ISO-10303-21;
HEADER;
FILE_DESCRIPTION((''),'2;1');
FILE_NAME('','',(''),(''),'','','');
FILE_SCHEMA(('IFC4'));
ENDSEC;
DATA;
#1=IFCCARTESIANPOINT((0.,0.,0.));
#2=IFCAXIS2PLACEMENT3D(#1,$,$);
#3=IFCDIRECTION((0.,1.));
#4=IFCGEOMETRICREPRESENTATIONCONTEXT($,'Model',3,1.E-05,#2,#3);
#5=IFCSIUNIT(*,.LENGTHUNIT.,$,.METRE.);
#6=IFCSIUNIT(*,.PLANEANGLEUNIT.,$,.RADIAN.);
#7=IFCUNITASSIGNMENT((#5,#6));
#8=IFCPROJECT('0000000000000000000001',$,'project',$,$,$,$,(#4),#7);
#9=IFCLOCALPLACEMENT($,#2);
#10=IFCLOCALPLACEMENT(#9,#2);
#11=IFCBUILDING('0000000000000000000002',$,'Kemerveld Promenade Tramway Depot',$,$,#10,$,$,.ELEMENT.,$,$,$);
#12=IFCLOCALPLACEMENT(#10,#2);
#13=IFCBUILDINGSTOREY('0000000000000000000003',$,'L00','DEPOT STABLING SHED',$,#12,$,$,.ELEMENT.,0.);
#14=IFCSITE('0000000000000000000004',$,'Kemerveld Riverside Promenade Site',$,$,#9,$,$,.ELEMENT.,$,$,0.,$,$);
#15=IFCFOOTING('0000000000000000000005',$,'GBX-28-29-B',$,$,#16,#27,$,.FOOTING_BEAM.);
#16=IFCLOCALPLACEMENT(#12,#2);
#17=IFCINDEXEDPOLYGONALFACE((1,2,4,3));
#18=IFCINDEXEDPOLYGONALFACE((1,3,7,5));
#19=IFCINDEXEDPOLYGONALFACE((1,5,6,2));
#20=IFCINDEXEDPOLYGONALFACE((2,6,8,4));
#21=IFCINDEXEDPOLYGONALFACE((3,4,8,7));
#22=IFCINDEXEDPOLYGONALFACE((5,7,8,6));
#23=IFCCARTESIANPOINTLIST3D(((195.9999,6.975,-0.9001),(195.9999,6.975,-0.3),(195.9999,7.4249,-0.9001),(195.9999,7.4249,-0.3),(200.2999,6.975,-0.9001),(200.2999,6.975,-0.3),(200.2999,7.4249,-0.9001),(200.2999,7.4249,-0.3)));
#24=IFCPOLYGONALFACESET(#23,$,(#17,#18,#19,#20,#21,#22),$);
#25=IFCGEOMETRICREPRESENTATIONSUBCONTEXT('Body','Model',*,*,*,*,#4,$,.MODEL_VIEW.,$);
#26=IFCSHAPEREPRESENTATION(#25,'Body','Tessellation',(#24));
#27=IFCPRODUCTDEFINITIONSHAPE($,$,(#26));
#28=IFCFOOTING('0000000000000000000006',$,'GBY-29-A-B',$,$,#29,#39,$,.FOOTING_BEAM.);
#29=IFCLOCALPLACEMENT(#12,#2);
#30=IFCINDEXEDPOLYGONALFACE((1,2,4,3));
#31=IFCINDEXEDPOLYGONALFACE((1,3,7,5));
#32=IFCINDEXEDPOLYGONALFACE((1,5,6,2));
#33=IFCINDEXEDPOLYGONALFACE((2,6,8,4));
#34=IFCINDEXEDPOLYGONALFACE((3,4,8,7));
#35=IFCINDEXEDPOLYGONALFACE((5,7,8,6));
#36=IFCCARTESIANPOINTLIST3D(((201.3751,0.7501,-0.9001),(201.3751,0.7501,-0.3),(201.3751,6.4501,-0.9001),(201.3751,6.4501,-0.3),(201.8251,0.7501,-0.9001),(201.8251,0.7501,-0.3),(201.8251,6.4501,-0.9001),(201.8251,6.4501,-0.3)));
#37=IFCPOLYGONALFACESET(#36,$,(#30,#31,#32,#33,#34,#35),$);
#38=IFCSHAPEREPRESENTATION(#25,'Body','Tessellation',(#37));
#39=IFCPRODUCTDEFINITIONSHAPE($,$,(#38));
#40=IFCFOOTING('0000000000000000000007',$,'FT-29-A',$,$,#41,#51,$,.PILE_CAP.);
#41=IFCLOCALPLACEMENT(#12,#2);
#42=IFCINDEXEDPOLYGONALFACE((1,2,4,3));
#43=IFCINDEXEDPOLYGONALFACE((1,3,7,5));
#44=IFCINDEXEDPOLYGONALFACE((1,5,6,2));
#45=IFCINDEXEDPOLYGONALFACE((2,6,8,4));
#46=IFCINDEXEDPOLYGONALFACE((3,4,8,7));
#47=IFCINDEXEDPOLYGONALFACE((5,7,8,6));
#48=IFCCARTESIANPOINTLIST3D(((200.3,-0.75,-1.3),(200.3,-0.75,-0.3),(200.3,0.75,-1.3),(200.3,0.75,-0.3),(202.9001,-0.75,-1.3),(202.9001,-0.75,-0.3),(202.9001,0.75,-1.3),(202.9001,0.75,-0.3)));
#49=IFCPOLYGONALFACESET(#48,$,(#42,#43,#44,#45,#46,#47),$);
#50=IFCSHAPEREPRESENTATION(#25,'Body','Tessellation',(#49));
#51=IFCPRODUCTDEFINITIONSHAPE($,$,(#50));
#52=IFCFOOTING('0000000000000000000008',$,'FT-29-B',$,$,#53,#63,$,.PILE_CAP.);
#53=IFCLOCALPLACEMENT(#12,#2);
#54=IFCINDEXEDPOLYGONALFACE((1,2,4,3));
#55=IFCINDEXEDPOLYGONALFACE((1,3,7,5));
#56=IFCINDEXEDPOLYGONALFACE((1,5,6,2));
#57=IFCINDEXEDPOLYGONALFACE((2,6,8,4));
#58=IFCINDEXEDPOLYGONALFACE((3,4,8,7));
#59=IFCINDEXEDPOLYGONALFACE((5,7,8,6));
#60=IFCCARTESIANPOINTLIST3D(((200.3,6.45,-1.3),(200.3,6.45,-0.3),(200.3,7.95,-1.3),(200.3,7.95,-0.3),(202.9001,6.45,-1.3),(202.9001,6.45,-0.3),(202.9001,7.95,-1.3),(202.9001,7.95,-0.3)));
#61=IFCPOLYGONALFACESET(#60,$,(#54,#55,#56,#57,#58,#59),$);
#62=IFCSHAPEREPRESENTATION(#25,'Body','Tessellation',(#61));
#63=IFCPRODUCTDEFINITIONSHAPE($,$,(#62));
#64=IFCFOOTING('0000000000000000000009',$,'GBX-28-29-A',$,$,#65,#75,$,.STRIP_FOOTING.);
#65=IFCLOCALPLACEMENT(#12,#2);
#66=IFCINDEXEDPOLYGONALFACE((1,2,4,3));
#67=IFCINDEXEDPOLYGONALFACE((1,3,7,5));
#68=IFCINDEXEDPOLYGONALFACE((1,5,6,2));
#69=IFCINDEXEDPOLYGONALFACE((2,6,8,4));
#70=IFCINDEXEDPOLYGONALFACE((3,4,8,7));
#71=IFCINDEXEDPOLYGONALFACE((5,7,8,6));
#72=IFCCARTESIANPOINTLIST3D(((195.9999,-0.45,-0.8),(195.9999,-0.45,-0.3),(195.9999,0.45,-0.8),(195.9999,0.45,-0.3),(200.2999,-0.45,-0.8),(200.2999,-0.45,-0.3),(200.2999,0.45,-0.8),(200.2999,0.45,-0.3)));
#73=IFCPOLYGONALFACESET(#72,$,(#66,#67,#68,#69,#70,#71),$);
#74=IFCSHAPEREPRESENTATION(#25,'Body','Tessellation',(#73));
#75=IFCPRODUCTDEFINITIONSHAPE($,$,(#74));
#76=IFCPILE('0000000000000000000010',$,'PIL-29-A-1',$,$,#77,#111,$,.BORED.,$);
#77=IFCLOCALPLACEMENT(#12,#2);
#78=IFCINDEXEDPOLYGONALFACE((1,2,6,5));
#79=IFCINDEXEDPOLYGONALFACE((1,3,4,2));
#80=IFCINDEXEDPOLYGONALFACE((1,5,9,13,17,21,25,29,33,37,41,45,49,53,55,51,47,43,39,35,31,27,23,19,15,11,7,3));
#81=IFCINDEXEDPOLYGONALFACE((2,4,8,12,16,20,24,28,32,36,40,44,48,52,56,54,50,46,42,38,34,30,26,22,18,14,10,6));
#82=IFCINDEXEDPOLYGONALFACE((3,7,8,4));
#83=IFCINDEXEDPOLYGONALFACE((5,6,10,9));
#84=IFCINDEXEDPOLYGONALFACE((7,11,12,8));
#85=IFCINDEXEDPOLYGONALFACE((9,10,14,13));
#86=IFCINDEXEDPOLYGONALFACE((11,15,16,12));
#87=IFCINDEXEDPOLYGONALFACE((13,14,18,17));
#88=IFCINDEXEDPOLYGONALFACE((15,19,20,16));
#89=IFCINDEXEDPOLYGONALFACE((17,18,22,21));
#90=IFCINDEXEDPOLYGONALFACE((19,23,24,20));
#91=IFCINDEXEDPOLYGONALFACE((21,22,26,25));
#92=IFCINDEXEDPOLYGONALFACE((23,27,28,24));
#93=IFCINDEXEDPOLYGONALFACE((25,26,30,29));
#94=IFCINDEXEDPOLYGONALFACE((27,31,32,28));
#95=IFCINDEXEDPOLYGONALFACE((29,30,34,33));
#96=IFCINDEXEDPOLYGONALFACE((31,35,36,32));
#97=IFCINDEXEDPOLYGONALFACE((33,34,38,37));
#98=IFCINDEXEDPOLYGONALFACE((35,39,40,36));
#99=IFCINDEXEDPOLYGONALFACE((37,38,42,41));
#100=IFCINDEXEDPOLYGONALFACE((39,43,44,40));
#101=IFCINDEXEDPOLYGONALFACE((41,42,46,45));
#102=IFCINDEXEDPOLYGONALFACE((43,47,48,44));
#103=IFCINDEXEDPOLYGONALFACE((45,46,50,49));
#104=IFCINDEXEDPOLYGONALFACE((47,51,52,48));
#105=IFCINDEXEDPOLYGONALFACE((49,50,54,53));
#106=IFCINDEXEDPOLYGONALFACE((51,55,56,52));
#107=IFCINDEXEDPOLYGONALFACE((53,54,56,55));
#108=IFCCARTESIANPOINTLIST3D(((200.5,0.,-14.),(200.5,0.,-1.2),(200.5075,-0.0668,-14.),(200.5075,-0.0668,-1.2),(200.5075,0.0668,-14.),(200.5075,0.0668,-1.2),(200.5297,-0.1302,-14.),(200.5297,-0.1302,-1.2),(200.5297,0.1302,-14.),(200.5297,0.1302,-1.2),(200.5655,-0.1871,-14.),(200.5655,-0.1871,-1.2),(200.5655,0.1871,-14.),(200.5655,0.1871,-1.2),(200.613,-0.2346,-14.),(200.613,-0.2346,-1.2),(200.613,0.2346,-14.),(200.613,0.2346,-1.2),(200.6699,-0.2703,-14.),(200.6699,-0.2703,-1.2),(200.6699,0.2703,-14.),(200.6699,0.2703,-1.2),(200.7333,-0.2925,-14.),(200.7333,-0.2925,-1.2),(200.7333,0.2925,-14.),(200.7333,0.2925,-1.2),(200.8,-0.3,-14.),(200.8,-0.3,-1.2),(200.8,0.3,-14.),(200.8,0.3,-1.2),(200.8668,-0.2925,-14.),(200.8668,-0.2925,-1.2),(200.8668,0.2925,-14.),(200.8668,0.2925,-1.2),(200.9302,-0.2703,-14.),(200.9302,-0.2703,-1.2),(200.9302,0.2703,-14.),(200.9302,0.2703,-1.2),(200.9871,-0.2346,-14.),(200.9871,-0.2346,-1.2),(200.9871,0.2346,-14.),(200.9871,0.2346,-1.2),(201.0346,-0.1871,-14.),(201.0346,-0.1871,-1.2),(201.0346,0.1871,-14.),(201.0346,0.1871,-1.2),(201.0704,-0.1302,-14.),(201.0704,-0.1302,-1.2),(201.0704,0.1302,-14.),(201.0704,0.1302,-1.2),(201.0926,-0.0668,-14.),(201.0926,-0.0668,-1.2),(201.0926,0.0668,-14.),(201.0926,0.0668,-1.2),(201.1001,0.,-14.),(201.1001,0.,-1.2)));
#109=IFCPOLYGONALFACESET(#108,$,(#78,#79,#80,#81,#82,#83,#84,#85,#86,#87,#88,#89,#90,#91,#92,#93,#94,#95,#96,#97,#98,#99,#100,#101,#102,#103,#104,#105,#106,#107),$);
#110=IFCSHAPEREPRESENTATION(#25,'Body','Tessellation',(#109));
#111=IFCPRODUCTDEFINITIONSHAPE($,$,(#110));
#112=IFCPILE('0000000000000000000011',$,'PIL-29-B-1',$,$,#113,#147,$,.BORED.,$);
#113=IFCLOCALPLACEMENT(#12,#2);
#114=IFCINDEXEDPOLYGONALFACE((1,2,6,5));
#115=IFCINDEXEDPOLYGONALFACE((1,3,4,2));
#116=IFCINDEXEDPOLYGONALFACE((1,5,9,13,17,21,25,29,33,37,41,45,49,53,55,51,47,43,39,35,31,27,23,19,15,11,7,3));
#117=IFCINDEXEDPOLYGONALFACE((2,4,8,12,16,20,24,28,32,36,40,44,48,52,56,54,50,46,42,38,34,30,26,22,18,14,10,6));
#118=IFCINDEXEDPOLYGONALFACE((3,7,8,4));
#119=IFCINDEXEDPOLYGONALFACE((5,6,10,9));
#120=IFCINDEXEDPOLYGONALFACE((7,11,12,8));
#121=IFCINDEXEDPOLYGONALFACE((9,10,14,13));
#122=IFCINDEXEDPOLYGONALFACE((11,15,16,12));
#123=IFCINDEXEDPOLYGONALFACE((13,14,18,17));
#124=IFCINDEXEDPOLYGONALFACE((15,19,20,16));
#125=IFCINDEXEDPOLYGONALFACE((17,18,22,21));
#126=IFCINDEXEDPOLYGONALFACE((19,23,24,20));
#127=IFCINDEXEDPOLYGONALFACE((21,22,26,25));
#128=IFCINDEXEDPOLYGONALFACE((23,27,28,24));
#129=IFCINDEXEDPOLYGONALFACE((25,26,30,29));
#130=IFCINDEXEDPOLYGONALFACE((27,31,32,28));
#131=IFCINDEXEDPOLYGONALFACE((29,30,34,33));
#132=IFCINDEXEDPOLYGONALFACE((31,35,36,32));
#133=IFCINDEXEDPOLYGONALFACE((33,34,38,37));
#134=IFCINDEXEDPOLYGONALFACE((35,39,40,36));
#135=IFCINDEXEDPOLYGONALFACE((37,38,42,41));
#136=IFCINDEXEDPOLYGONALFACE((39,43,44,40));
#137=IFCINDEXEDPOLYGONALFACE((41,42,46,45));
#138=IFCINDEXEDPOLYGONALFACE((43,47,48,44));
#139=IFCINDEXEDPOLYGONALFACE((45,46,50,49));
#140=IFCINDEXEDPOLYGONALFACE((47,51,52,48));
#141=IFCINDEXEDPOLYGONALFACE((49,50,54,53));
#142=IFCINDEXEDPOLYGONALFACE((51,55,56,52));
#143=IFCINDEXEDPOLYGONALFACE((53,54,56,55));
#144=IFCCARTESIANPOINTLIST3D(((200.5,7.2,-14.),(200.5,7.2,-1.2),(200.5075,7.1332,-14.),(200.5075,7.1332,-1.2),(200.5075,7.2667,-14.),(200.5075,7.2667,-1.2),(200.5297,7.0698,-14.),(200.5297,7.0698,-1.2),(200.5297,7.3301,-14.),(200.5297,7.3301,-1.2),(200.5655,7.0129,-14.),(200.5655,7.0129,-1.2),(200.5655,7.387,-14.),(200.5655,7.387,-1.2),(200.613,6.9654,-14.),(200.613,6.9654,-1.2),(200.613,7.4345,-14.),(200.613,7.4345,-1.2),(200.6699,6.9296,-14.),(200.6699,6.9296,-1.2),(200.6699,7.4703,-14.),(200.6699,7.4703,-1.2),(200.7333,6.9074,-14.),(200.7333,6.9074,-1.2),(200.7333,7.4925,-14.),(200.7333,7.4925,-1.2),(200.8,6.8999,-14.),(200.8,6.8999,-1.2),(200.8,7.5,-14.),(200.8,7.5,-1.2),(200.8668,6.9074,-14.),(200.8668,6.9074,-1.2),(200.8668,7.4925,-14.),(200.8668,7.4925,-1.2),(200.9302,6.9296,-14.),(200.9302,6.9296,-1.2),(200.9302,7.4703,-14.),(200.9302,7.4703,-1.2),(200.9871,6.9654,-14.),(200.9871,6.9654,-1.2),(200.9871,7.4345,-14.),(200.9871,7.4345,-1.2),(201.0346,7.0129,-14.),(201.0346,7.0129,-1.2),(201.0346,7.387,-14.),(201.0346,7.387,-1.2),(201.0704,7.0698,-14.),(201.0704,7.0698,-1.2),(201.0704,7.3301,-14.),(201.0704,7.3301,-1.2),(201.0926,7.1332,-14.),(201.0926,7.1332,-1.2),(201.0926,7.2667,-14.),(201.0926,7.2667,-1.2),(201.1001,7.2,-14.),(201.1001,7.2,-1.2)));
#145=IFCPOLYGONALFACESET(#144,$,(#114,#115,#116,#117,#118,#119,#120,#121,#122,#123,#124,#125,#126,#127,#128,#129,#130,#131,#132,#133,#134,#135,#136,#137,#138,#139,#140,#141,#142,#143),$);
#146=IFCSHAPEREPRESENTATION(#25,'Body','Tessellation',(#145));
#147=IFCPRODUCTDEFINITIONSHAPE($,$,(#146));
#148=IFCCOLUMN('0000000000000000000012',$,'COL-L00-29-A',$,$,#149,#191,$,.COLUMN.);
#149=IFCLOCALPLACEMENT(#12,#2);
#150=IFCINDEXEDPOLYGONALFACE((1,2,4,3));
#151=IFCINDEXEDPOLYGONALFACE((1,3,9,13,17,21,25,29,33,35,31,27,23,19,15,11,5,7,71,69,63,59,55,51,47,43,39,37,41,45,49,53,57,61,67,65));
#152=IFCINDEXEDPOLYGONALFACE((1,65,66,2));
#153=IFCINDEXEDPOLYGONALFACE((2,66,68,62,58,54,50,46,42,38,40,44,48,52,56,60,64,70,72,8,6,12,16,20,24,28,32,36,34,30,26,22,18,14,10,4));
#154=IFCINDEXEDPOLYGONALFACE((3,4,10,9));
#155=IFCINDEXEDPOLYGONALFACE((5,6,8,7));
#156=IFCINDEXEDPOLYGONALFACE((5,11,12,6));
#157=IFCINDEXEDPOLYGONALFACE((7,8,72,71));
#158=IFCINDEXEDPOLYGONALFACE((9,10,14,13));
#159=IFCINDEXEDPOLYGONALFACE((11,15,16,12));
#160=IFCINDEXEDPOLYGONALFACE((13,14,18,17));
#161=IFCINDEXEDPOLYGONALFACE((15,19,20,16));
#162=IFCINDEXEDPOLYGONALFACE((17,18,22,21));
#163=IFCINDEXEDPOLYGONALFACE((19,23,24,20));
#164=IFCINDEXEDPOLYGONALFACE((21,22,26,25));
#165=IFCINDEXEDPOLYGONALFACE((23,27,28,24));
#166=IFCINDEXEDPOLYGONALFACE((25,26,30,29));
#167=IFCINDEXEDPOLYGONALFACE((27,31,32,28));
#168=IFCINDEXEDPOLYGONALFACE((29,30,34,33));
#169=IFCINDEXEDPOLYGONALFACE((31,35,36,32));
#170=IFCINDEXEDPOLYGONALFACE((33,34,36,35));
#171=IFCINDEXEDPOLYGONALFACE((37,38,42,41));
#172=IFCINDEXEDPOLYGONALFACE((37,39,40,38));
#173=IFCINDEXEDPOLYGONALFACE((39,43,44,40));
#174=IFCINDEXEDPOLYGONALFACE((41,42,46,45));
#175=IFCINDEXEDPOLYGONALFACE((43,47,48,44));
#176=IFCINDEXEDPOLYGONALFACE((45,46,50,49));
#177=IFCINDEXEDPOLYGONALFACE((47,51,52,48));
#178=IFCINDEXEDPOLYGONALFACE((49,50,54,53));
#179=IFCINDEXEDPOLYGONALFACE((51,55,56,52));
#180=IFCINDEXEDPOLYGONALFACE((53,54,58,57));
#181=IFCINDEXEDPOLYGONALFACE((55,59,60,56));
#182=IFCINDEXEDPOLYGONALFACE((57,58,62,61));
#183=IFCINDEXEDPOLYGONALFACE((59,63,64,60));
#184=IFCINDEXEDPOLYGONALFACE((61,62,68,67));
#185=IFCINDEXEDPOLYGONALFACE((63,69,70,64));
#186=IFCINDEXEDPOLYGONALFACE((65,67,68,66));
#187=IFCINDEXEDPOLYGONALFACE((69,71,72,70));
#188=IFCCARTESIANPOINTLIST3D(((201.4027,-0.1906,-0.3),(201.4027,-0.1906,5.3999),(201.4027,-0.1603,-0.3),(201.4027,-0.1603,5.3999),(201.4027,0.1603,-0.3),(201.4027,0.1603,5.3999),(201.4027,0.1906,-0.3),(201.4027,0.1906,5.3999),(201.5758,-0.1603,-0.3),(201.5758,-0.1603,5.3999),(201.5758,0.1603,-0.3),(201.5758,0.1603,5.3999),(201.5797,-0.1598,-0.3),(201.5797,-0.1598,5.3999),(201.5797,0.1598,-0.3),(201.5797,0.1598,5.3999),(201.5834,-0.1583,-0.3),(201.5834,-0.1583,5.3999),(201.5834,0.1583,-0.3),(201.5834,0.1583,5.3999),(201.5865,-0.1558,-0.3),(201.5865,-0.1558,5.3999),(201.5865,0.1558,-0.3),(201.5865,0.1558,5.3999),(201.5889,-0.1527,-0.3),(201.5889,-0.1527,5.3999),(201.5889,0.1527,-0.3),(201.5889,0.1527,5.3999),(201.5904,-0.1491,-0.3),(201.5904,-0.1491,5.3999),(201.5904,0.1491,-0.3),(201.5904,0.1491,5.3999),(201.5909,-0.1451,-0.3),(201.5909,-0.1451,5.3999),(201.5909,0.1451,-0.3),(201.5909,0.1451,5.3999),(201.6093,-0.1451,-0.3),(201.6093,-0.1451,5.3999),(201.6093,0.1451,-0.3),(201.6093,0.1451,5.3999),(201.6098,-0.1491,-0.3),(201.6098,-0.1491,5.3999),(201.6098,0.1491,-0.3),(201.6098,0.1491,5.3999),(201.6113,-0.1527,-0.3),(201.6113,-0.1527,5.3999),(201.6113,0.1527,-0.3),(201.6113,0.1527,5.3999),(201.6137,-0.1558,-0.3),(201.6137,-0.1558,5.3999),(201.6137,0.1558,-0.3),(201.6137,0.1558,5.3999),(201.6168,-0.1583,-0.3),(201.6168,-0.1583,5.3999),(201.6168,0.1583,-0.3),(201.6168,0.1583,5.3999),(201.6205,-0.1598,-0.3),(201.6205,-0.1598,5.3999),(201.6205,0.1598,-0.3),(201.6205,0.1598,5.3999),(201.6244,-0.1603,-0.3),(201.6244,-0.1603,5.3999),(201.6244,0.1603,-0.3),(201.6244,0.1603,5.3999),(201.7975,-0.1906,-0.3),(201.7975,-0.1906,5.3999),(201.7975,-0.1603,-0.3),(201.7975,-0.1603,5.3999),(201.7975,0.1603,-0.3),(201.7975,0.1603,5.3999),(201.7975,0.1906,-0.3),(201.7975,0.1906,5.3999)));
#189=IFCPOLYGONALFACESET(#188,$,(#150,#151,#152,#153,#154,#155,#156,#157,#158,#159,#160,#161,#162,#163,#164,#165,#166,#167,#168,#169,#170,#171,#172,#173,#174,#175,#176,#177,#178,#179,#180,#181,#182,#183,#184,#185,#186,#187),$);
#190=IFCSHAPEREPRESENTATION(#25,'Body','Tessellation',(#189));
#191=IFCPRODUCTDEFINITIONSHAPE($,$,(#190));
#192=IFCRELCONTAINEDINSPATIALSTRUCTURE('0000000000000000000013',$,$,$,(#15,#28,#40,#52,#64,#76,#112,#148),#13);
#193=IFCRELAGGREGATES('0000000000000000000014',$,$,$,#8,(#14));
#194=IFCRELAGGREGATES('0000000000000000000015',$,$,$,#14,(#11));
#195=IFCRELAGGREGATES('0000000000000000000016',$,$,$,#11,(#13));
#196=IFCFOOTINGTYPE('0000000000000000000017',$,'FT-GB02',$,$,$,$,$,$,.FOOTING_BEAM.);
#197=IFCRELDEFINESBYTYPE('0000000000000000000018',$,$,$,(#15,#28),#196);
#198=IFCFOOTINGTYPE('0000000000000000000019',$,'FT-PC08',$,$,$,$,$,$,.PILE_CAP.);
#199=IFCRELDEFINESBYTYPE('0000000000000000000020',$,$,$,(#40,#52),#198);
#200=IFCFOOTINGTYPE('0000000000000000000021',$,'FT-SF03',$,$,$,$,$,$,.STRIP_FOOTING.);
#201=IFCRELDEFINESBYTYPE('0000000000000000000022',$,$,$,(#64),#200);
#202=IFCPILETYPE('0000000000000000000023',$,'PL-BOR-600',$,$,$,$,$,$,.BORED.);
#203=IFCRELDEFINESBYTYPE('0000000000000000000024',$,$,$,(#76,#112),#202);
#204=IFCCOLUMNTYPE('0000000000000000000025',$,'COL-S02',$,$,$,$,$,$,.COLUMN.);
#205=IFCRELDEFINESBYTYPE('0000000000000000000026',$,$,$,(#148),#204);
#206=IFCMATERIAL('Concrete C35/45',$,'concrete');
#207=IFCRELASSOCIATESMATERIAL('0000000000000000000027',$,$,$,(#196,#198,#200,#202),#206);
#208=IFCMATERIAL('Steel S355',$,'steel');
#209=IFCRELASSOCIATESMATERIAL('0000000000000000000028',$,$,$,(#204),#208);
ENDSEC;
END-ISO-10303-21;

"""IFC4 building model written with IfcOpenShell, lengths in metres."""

from ifc_helpers import new_model, si_unit, direction, frame, origin, origin_2d, place, context, subcontext, project, spatial, rectangle, circle, i_section, extrude, material, material_profile, profile_set, type_object, element, save


model = new_model("IFC4")

# Units and contexts
model_context = context("Model", 3, precision=1e-05, world=origin(), true_north=direction((0.0, 1.0)))
body_context = subcontext(model_context, "Body", "Model", "MODEL_VIEW")
ifc_project = project(units=[si_unit("LENGTHUNIT", "METRE"), si_unit("PLANEANGLEUNIT", "RADIAN")], contexts=[model_context])

# Site, building, storey
site_placement = place(None, origin())
site = spatial("IfcSite", under=ifc_project, at=site_placement, Name="Kemerveld Riverside Promenade Site", CompositionType="ELEMENT", RefElevation=0.0)
building_placement = place(site_placement, origin())
building = spatial("IfcBuilding", under=site, at=building_placement, Name="Kemerveld Promenade Tramway Depot", CompositionType="ELEMENT")
storey_placement = place(building_placement, origin())
storey = spatial("IfcBuildingStorey", under=building, at=storey_placement, Name="L00", Description="DEPOT STABLING SHED", CompositionType="ELEMENT", Elevation=0.0)

# Footings
ifc_material_1 = material(Name="Concrete C35/45", Category="concrete")
footing_type_1 = type_object("IfcFootingType", Name="FT-GB02", PredefinedType="FOOTING_BEAM", material=ifc_material_1)
footing_1_placement = place(storey_placement, frame((198.1499, 7.2, -0.9001), z_axis=(0.0, 0.0, 1.0), x_axis=(1.0, 0.0, 0.0)))
element("IfcFooting", 1, at=footing_1_placement, inside=storey, type_object=footing_type_1, Name="GBX-28-29-B", PredefinedType="FOOTING_BEAM", context=body_context, shape_type="SweptSolid", body=[
    extrude(rectangle(XDim=4.3, YDim=0.45, at=origin_2d()), origin(), (0.0, 0.0, 1.0), 0.6001),
])
footing_2_placement = place(storey_placement, frame((201.6001, 3.6001, -0.9001), z_axis=(0.0, 0.0, 1.0), x_axis=(0.0, 1.0, 0.0)))
element("IfcFooting", 2, at=footing_2_placement, inside=storey, type_object=footing_type_1, Name="GBY-29-A-B", PredefinedType="FOOTING_BEAM", context=body_context, shape_type="SweptSolid", body=[
    extrude(rectangle(XDim=5.7, YDim=0.45, at=origin_2d()), origin(), (0.0, 0.0, 1.0), 0.6001),
])
footing_type_2 = type_object("IfcFootingType", Name="FT-PC08", PredefinedType="PILE_CAP", material=ifc_material_1)
for number, where, z_axis, x_axis, name in (
    (3, (201.6001, 0.0, -1.3), (0.0, 0.0, 1.0), (1.0, 0.0, 0.0), "FT-29-A"),
    (4, (201.6001, 7.2, -1.3), (0.0, 0.0, 1.0), (1.0, 0.0, 0.0), "FT-29-B"),
):
    element("IfcFooting", number, at=place(storey_placement, frame(where, z_axis=z_axis, x_axis=x_axis)), inside=storey, type_object=footing_type_2, Name=name, PredefinedType="PILE_CAP", context=body_context, shape_type="SweptSolid", body=[
        extrude(rectangle(XDim=2.6001, YDim=1.5, at=origin_2d()), origin(), (0.0, 0.0, 1.0), 1.0),
    ])
footing_type_3 = type_object("IfcFootingType", Name="FT-SF03", PredefinedType="STRIP_FOOTING", material=ifc_material_1)
footing_3_placement = place(storey_placement, frame((198.1499, 0.0, -0.8), z_axis=(0.0, 0.0, 1.0), x_axis=(1.0, 0.0, 0.0)))
element("IfcFooting", 5, at=footing_3_placement, inside=storey, type_object=footing_type_3, Name="GBX-28-29-A", PredefinedType="STRIP_FOOTING", context=body_context, shape_type="SweptSolid", body=[
    extrude(rectangle(XDim=4.3, YDim=0.8999, at=origin_2d()), origin(), (0.0, 0.0, 1.0), 0.5),
])

# Piles
ifc_material_profile_1 = material_profile(ifc_material_1, circle(Radius=0.3, at=origin_2d()), Name="PILE-D600")
ifc_profile_set_1 = profile_set([ifc_material_profile_1], Name="Concrete C35/45")
pile_type = type_object("IfcPileType", Name="PL-BOR-600", PredefinedType="BORED", material=ifc_profile_set_1)
for number, where, z_axis, x_axis, name in (
    (6, (200.8, 0.0, -1.2), (0.0, 0.0, -1.0), (1.0, 0.0, 0.0), "PIL-29-A-1"),
    (7, (200.8, 7.2, -1.2), (0.0, 0.0, -1.0), (1.0, 0.0, 0.0), "PIL-29-B-1"),
):
    element("IfcPile", number, at=place(storey_placement, frame(where, z_axis=z_axis, x_axis=x_axis)), inside=storey, type_object=pile_type, Name=name, PredefinedType="BORED", context=body_context, shape_type="SweptSolid", body=[
        extrude(circle(Radius=0.3, at=origin_2d()), origin(), (0.0, 0.0, 1.0), 12.8),
    ])

# Column
ifc_material_2 = material(Name="Steel S355", Category="steel")
ifc_material_profile_2 = material_profile(ifc_material_2, i_section(OverallWidth=0.3948, OverallDepth=0.3811, WebThickness=0.0183, FlangeThickness=0.0303, FilletRadius=0.0151, at=origin_2d()), Name="356x406x235 UC")
ifc_profile_set_2 = profile_set([ifc_material_profile_2], Name="Steel S355")
column_type = type_object("IfcColumnType", Name="COL-S02", PredefinedType="COLUMN", material=ifc_profile_set_2)
for number, where, z_axis, x_axis, name in (
    (8, (201.6001, 0.0, -0.3), (0.0, 0.0, 1.0), (1.0, 0.0, 0.0), "COL-L00-29-A"),
):
    element("IfcColumn", number, at=place(storey_placement, frame(where, z_axis=z_axis, x_axis=x_axis)), inside=storey, type_object=column_type, Name=name, PredefinedType="COLUMN", context=body_context, shape_type="SweptSolid", body=[
        extrude(i_section(OverallWidth=0.3948, OverallDepth=0.3811, WebThickness=0.0183, FlangeThickness=0.0303, FilletRadius=0.0151, at=origin_2d()), origin(), (0.0, 0.0, 1.0), 5.7),
    ])

save(model, "model.ifc")
